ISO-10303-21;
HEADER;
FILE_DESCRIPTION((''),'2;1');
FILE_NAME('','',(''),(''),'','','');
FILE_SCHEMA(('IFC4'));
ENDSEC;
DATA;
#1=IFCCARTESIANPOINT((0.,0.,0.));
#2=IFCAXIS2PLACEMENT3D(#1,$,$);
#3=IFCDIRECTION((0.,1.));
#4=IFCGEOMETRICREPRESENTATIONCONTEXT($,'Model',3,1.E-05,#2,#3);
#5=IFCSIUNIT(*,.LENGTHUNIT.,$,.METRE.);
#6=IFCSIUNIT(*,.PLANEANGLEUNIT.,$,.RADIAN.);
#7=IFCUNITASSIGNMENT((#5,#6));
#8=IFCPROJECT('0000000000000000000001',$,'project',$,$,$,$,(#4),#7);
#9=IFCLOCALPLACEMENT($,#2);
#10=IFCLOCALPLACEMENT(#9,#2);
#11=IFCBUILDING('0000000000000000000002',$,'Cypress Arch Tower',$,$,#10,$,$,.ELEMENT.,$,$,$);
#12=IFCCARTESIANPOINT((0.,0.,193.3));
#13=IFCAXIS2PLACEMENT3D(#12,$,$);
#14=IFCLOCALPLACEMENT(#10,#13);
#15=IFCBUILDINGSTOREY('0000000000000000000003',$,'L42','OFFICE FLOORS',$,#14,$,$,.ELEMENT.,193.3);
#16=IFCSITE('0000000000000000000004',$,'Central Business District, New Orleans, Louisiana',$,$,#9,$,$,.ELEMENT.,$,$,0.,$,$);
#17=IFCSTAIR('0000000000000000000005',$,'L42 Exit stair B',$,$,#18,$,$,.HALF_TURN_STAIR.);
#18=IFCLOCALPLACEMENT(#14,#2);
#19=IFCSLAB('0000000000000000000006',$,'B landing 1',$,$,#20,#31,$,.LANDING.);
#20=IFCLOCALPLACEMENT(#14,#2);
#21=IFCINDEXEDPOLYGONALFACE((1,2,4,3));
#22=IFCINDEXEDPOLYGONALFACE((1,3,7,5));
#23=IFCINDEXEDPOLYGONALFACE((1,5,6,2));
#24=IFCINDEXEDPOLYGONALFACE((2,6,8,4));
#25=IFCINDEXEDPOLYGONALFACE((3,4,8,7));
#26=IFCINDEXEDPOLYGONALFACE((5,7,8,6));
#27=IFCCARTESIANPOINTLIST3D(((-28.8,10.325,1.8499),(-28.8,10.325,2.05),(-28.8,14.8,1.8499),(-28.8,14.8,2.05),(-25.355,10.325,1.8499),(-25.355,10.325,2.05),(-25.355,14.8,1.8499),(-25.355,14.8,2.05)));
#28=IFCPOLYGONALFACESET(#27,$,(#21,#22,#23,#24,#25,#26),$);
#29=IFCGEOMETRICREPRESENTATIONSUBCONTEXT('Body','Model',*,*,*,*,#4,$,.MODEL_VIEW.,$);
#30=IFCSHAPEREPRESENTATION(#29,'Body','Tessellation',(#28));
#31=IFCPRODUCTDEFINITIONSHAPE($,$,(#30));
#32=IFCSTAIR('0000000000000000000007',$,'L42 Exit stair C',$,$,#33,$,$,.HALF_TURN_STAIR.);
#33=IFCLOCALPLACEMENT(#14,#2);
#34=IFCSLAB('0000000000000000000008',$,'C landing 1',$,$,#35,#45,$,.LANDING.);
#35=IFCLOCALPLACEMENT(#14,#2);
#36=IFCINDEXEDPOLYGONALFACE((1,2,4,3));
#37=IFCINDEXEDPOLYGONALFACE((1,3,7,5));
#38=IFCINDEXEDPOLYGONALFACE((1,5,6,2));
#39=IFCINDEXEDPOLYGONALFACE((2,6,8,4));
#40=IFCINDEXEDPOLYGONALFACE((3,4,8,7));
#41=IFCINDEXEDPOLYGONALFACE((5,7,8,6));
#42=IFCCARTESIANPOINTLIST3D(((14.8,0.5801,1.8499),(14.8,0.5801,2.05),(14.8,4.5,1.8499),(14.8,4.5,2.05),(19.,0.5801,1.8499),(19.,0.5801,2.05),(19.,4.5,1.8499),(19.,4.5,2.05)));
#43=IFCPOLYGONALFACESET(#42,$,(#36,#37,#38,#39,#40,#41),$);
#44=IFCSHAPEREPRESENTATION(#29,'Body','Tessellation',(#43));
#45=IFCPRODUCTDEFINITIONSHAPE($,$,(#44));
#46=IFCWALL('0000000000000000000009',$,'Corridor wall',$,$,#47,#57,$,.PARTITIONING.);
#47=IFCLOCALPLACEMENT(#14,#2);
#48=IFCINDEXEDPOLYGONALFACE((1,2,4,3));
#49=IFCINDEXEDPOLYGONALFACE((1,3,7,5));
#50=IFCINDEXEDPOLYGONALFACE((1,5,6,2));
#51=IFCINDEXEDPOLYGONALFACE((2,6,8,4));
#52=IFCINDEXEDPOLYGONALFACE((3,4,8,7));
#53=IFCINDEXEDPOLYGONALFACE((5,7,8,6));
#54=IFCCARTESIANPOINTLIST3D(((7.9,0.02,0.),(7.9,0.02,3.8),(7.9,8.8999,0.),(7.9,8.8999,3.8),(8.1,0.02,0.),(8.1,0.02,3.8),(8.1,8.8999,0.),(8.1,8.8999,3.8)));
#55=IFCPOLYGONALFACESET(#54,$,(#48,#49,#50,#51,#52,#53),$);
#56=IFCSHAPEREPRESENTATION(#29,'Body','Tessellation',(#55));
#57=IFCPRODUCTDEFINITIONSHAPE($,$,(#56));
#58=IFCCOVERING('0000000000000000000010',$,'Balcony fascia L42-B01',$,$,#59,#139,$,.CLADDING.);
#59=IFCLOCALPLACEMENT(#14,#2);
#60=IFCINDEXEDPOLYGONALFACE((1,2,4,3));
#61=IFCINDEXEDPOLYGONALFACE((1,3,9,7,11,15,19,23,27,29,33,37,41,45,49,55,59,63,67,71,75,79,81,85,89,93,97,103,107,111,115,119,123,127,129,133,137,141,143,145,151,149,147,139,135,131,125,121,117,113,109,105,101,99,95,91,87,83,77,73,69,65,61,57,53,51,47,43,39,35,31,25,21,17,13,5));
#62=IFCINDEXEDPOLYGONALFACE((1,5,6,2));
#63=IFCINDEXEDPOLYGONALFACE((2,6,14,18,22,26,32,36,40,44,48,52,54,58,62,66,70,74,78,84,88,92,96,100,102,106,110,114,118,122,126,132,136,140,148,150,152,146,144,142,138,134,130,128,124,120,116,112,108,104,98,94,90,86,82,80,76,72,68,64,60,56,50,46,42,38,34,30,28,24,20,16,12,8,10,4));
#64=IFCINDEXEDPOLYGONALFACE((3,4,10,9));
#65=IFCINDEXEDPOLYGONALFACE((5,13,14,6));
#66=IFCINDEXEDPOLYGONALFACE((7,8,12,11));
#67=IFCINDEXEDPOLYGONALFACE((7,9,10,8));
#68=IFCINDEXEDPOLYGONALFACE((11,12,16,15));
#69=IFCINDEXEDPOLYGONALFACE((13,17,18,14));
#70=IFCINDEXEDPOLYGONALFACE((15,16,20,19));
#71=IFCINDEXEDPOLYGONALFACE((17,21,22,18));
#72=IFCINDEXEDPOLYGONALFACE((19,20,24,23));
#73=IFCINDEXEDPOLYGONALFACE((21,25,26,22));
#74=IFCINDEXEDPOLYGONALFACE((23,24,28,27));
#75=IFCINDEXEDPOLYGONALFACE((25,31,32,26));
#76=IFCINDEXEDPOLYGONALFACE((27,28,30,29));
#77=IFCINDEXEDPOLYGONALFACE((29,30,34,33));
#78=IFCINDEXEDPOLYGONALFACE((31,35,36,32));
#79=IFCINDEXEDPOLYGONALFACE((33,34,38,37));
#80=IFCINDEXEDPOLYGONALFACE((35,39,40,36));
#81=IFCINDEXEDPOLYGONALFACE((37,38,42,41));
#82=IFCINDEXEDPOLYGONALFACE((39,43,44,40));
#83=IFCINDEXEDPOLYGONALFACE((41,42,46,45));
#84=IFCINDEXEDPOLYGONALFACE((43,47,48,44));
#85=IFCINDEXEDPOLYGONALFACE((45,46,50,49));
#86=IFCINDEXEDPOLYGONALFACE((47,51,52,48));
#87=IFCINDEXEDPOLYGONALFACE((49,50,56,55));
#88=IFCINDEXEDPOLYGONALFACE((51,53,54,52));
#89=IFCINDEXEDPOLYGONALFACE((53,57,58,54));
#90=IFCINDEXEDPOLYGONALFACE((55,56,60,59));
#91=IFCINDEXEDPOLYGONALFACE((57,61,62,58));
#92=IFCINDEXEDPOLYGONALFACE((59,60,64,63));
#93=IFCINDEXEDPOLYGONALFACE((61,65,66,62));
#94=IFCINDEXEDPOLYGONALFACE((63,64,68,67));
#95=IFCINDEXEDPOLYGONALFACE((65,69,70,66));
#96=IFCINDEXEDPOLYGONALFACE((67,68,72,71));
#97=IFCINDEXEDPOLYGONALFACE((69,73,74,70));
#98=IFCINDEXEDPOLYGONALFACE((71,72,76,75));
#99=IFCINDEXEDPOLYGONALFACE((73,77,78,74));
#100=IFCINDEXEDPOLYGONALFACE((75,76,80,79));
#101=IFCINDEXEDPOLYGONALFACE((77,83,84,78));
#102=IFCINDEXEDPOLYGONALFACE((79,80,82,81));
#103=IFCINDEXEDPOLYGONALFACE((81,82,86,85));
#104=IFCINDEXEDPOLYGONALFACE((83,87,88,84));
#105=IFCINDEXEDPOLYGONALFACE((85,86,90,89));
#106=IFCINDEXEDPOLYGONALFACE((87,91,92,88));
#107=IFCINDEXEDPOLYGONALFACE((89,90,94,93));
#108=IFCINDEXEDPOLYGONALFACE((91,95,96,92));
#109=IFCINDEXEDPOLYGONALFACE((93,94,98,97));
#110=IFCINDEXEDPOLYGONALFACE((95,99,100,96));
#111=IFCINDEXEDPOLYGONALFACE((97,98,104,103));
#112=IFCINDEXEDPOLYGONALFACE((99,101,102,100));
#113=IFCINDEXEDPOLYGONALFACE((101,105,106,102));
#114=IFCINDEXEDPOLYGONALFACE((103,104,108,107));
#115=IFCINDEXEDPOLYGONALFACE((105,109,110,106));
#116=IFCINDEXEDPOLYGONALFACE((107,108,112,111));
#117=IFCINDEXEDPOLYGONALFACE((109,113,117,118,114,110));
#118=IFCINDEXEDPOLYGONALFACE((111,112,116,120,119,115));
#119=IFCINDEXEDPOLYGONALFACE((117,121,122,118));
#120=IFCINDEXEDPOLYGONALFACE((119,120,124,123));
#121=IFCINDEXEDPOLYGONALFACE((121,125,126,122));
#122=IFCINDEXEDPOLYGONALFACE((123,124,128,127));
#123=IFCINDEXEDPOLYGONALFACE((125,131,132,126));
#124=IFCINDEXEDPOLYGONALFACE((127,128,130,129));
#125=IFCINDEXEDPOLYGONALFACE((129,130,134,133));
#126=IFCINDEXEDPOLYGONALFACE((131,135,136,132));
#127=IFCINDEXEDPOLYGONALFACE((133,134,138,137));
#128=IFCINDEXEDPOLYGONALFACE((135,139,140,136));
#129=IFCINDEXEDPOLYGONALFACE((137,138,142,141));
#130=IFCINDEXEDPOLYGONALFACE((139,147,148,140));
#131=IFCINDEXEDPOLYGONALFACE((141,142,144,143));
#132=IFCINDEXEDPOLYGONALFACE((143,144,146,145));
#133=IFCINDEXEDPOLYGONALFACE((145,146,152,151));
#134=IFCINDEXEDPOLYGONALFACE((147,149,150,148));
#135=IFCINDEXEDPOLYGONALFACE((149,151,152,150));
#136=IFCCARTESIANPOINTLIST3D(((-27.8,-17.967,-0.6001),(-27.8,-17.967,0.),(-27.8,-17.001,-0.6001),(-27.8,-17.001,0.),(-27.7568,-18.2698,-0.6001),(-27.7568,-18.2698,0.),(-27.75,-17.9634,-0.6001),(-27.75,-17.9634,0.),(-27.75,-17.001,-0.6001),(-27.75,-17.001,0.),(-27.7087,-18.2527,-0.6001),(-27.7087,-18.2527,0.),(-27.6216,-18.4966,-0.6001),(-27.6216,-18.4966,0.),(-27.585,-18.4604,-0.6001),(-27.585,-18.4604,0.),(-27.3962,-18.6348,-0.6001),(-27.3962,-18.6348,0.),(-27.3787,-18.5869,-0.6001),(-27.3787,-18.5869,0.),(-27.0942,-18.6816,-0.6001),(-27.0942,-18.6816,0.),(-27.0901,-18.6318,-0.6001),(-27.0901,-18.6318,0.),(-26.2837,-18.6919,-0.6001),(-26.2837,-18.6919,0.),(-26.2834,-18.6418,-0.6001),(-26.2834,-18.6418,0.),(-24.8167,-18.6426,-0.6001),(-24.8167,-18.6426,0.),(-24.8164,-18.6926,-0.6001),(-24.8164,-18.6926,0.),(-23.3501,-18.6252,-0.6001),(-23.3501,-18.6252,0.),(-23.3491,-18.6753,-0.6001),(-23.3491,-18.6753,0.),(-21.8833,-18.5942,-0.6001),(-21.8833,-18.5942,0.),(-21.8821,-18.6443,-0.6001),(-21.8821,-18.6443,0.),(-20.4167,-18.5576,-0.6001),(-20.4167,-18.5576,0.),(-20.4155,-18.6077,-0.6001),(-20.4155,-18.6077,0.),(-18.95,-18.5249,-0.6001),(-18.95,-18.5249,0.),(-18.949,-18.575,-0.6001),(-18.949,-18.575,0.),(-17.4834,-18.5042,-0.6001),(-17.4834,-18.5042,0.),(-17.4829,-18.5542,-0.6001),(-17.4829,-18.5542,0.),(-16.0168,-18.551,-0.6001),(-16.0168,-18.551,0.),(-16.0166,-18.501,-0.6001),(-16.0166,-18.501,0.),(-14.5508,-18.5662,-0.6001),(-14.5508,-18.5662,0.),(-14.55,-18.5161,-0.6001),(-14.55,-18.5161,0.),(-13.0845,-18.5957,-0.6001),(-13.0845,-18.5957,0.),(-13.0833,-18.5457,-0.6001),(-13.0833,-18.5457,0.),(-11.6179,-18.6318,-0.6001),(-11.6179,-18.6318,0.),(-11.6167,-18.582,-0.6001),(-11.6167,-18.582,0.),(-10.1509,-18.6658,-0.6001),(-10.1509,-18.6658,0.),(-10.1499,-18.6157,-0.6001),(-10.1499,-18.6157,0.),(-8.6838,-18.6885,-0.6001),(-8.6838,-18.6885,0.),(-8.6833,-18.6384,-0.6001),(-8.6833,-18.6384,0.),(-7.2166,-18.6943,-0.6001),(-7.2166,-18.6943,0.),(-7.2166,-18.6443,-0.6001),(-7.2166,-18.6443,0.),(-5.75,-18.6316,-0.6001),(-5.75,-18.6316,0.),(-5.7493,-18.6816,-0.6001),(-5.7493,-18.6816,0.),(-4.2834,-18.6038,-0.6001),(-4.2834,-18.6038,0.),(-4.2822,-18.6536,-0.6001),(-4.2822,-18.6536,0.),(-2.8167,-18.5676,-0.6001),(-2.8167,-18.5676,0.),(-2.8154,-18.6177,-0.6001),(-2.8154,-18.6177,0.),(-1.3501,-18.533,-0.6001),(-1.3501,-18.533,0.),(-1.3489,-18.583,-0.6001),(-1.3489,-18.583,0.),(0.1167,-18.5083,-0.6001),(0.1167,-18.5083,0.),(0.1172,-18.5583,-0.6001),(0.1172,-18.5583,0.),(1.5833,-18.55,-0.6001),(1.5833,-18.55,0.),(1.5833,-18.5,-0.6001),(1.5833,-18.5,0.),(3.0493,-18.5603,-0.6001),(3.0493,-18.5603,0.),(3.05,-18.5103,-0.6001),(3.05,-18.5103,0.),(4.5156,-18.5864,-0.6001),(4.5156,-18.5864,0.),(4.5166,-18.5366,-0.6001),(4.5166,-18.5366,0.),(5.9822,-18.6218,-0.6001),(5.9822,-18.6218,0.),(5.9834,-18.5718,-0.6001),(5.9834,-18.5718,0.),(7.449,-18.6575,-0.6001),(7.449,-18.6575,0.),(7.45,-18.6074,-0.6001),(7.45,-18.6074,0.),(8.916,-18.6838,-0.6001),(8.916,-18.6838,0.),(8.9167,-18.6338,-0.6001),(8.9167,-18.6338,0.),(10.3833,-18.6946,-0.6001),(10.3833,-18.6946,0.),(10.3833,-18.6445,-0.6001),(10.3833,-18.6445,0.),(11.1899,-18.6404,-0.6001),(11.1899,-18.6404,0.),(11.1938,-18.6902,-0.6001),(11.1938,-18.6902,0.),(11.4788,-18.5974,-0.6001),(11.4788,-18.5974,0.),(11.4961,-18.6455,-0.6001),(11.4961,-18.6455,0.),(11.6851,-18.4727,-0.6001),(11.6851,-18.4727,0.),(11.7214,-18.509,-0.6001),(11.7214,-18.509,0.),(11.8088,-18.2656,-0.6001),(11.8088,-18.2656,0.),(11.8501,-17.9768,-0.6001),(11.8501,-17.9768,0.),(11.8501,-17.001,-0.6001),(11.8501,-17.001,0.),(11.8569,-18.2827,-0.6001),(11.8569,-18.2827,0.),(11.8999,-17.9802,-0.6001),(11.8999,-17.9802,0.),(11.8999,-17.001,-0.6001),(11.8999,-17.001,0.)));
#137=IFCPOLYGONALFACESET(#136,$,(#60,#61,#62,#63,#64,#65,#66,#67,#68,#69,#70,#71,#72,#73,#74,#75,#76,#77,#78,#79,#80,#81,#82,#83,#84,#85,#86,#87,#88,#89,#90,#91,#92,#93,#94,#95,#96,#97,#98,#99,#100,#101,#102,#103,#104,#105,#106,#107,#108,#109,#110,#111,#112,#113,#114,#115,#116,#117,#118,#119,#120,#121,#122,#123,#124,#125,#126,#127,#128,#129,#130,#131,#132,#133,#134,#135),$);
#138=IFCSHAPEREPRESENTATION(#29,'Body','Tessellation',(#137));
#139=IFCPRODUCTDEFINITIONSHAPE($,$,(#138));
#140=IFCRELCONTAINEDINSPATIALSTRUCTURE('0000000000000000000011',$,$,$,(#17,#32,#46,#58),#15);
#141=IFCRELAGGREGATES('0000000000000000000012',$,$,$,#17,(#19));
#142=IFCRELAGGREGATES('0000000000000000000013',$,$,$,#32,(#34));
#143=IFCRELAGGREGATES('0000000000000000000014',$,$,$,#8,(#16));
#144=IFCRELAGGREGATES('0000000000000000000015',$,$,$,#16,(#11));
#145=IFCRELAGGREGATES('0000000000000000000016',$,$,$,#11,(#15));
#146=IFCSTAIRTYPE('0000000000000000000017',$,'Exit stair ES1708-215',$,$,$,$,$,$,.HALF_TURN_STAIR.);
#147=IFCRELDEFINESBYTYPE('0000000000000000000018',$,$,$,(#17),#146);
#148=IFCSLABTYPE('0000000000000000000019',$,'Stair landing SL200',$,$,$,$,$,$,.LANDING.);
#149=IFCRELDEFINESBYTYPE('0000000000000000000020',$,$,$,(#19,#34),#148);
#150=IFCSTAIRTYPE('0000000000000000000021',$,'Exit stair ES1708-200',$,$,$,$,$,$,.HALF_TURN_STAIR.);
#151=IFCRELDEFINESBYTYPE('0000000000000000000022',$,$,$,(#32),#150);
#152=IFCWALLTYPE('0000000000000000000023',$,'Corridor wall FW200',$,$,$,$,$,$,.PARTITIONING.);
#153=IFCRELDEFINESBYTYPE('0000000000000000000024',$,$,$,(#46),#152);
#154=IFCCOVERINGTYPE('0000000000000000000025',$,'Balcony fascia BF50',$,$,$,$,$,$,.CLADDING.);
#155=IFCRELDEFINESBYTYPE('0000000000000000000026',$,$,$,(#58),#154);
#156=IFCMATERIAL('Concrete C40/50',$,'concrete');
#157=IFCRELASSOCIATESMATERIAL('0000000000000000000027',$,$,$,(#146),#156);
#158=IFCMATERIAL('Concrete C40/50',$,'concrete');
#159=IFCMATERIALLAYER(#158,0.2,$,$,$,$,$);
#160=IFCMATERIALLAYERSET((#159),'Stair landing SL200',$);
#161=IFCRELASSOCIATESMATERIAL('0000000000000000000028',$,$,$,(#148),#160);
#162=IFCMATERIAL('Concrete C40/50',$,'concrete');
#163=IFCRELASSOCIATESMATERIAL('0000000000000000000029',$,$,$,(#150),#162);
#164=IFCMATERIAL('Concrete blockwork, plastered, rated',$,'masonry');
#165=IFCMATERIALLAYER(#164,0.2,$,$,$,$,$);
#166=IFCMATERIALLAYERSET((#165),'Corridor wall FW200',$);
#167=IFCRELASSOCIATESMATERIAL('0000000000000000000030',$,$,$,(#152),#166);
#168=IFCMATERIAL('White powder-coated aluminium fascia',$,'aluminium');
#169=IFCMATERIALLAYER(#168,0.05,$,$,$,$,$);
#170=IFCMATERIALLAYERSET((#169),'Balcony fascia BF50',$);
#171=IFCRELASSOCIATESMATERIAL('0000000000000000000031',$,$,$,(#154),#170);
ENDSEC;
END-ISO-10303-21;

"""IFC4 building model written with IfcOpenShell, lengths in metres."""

from ifc_helpers import new_model, si_unit, direction, frame, frame_2d, origin, place, context, subcontext, project, spatial, polyline, rectangle, outline, extrude, material, layer, layer_set, type_object, element, aggregate, save


model = new_model("IFC4")

# Units and contexts
model_context = context("Model", 3, precision=1e-05, world=origin(), true_north=direction((0.0, 1.0)))
body_context = subcontext(model_context, "Body", "Model", "MODEL_VIEW")
ifc_project = project(units=[si_unit("LENGTHUNIT", "METRE"), si_unit("PLANEANGLEUNIT", "RADIAN")], contexts=[model_context])

# Site, building, storey
site_placement = place(None, origin())
site = spatial("IfcSite", under=ifc_project, at=site_placement, Name="Central Business District, New Orleans, Louisiana", CompositionType="ELEMENT", RefElevation=0.0)
building_placement = place(site_placement, origin())
building = spatial("IfcBuilding", under=site, at=building_placement, Name="Cypress Arch Tower", CompositionType="ELEMENT")
storey_placement = place(building_placement, frame((0.0, 0.0, 193.3)))
storey = spatial("IfcBuildingStorey", under=building, at=storey_placement, Name="L42", Description="OFFICE FLOORS", CompositionType="ELEMENT", Elevation=193.3)

# Stairs, slabs
ifc_material_1 = material(Name="Concrete C40/50", Category="concrete")
stair_type_1 = type_object("IfcStairType", Name="Exit stair ES1708-215", PredefinedType="HALF_TURN_STAIR", material=ifc_material_1)
ifc_material_2 = material(Name="Concrete C40/50", Category="concrete")
ifc_layer_1 = layer(ifc_material_2, 0.2)
ifc_layer_set_1 = layer_set([ifc_layer_1], Name="Stair landing SL200")
slab_type_1 = type_object("IfcSlabType", Name="Stair landing SL200", PredefinedType="LANDING", material=ifc_layer_set_1)
stair_1_placement = place(storey_placement, origin())
stair_1 = element("IfcStair", 1, at=stair_1_placement, inside=storey, type_object=stair_type_1, Name="L42 Exit stair B", PredefinedType="HALF_TURN_STAIR")
slab_1_placement = place(storey_placement, frame((0.0, 0.0, 1.8499)))
slab_1 = element("IfcSlab", 2, at=slab_1_placement, type_object=slab_type_1, Name="B landing 1", PredefinedType="LANDING", context=body_context, shape_type="SweptSolid", body=[
    extrude(outline(polyline([(-25.355, 14.8), (-28.8, 14.8), (-28.8, 10.325), (-25.355, 10.325), (-25.355, 14.8)])), origin(), (0.0, 0.0, 1.0), 0.2002),
])
aggregate(stair_1, [slab_1])
ifc_material_3 = material(Name="Concrete C40/50", Category="concrete")
stair_type_2 = type_object("IfcStairType", Name="Exit stair ES1708-200", PredefinedType="HALF_TURN_STAIR", material=ifc_material_3)
stair_2_placement = place(storey_placement, origin())
stair_2 = element("IfcStair", 3, at=stair_2_placement, inside=storey, type_object=stair_type_2, Name="L42 Exit stair C", PredefinedType="HALF_TURN_STAIR")
slab_2_placement = place(storey_placement, frame((0.0, 0.0, 1.8499)))
slab_2 = element("IfcSlab", 4, at=slab_2_placement, type_object=slab_type_1, Name="C landing 1", PredefinedType="LANDING", context=body_context, shape_type="SweptSolid", body=[
    extrude(outline(polyline([(19.0, 0.5801), (19.0, 4.5), (14.8, 4.5), (14.8, 0.5801), (19.0, 0.5801)])), origin(), (0.0, 0.0, 1.0), 0.2002),
])
aggregate(stair_2, [slab_2])

# Wall
ifc_material_4 = material(Name="Concrete blockwork, plastered, rated", Category="masonry")
ifc_layer_2 = layer(ifc_material_4, 0.2)
ifc_layer_set_2 = layer_set([ifc_layer_2], Name="Corridor wall FW200")
wall_type = type_object("IfcWallType", Name="Corridor wall FW200", PredefinedType="PARTITIONING", material=ifc_layer_set_2)
wall_placement = place(storey_placement, frame((8.0, 0.02, 0.0), z_axis=(0.0, 0.0, 1.0), x_axis=(0.0, 1.0, 0.0)))
element("IfcWall", 5, at=wall_placement, inside=storey, type_object=wall_type, Name="Corridor wall", PredefinedType="PARTITIONING", context=body_context, shape_type="SweptSolid", body=[
    extrude(rectangle(XDim=8.8799, YDim=0.2, at=frame_2d((4.4399, 0.0))), origin(), (0.0, 0.0, 1.0), 3.8),
])

# Covering
ifc_material_5 = material(Name="White powder-coated aluminium fascia", Category="aluminium")
ifc_layer_3 = layer(ifc_material_5, 0.05)
ifc_layer_set_3 = layer_set([ifc_layer_3], Name="Balcony fascia BF50")
covering_type_1 = type_object("IfcCoveringType", Name="Balcony fascia BF50", PredefinedType="CLADDING", material=ifc_layer_set_3)
covering_1_placement = place(storey_placement, frame((0.0, 0.0, -0.6001)))
element("IfcCovering", 6, at=covering_1_placement, inside=storey, type_object=covering_type_1, Name="Balcony fascia L42-B01", PredefinedType="CLADDING", context=body_context, shape_type="SweptSolid", body=[
    extrude(outline(polyline([(11.8999, -17.9802), (11.8569, -18.2827), (11.7214, -18.509), (11.4961, -18.6455), (11.1938, -18.6902), (10.3833, -18.6946), (8.916, -18.6838), (7.449, -18.6575), (5.9822, -18.6218), (4.5156, -18.5864), (3.0493, -18.5603), (1.5833, -18.55), (0.1172, -18.5583), (-1.3489, -18.583), (-2.8154, -18.6177), (-4.2822, -18.6536), (-5.7493, -18.6816), (-7.2166, -18.6943), (-8.6838, -18.6885), (-10.1509, -18.6658), (-11.6179, -18.6318), (-13.0845, -18.5957), (-14.5508, -18.5662), (-16.0168, -18.551), (-17.4829, -18.5542), (-18.949, -18.575), (-20.4155, -18.6077), (-21.8821, -18.6443), (-23.3491, -18.6753), (-24.8164, -18.6926), (-26.2837, -18.6919), (-27.0942, -18.6816), (-27.3962, -18.6348), (-27.6216, -18.4966), (-27.7568, -18.2698), (-27.8, -17.967), (-27.8, -17.001), (-27.75, -17.001), (-27.75, -17.9634), (-27.7087, -18.2527), (-27.585, -18.4604), (-27.3787, -18.5869), (-27.0901, -18.6318), (-26.2834, -18.6418), (-24.8167, -18.6426), (-23.3501, -18.6252), (-21.8833, -18.5942), (-20.4167, -18.5576), (-18.95, -18.5249), (-17.4834, -18.5042), (-16.0166, -18.501), (-14.55, -18.5161), (-13.0833, -18.5457), (-11.6167, -18.582), (-10.1499, -18.6157), (-8.6833, -18.6384), (-7.2166, -18.6443), (-5.75, -18.6316), (-4.2834, -18.6038), (-2.8167, -18.5676), (-1.3501, -18.533), (0.1167, -18.5083), (1.5833, -18.5), (3.05, -18.5103), (4.5166, -18.5366), (5.9834, -18.5718), (7.45, -18.6074), (8.9167, -18.6338), (10.3833, -18.6445), (11.1899, -18.6404), (11.4788, -18.5974), (11.6851, -18.4727), (11.8088, -18.2656), (11.8501, -17.9768), (11.8501, -17.001), (11.8999, -17.001), (11.8999, -17.9802)])), origin(), (0.0, 0.0, 1.0), 0.6001),
])

save(model, "model.ifc")
